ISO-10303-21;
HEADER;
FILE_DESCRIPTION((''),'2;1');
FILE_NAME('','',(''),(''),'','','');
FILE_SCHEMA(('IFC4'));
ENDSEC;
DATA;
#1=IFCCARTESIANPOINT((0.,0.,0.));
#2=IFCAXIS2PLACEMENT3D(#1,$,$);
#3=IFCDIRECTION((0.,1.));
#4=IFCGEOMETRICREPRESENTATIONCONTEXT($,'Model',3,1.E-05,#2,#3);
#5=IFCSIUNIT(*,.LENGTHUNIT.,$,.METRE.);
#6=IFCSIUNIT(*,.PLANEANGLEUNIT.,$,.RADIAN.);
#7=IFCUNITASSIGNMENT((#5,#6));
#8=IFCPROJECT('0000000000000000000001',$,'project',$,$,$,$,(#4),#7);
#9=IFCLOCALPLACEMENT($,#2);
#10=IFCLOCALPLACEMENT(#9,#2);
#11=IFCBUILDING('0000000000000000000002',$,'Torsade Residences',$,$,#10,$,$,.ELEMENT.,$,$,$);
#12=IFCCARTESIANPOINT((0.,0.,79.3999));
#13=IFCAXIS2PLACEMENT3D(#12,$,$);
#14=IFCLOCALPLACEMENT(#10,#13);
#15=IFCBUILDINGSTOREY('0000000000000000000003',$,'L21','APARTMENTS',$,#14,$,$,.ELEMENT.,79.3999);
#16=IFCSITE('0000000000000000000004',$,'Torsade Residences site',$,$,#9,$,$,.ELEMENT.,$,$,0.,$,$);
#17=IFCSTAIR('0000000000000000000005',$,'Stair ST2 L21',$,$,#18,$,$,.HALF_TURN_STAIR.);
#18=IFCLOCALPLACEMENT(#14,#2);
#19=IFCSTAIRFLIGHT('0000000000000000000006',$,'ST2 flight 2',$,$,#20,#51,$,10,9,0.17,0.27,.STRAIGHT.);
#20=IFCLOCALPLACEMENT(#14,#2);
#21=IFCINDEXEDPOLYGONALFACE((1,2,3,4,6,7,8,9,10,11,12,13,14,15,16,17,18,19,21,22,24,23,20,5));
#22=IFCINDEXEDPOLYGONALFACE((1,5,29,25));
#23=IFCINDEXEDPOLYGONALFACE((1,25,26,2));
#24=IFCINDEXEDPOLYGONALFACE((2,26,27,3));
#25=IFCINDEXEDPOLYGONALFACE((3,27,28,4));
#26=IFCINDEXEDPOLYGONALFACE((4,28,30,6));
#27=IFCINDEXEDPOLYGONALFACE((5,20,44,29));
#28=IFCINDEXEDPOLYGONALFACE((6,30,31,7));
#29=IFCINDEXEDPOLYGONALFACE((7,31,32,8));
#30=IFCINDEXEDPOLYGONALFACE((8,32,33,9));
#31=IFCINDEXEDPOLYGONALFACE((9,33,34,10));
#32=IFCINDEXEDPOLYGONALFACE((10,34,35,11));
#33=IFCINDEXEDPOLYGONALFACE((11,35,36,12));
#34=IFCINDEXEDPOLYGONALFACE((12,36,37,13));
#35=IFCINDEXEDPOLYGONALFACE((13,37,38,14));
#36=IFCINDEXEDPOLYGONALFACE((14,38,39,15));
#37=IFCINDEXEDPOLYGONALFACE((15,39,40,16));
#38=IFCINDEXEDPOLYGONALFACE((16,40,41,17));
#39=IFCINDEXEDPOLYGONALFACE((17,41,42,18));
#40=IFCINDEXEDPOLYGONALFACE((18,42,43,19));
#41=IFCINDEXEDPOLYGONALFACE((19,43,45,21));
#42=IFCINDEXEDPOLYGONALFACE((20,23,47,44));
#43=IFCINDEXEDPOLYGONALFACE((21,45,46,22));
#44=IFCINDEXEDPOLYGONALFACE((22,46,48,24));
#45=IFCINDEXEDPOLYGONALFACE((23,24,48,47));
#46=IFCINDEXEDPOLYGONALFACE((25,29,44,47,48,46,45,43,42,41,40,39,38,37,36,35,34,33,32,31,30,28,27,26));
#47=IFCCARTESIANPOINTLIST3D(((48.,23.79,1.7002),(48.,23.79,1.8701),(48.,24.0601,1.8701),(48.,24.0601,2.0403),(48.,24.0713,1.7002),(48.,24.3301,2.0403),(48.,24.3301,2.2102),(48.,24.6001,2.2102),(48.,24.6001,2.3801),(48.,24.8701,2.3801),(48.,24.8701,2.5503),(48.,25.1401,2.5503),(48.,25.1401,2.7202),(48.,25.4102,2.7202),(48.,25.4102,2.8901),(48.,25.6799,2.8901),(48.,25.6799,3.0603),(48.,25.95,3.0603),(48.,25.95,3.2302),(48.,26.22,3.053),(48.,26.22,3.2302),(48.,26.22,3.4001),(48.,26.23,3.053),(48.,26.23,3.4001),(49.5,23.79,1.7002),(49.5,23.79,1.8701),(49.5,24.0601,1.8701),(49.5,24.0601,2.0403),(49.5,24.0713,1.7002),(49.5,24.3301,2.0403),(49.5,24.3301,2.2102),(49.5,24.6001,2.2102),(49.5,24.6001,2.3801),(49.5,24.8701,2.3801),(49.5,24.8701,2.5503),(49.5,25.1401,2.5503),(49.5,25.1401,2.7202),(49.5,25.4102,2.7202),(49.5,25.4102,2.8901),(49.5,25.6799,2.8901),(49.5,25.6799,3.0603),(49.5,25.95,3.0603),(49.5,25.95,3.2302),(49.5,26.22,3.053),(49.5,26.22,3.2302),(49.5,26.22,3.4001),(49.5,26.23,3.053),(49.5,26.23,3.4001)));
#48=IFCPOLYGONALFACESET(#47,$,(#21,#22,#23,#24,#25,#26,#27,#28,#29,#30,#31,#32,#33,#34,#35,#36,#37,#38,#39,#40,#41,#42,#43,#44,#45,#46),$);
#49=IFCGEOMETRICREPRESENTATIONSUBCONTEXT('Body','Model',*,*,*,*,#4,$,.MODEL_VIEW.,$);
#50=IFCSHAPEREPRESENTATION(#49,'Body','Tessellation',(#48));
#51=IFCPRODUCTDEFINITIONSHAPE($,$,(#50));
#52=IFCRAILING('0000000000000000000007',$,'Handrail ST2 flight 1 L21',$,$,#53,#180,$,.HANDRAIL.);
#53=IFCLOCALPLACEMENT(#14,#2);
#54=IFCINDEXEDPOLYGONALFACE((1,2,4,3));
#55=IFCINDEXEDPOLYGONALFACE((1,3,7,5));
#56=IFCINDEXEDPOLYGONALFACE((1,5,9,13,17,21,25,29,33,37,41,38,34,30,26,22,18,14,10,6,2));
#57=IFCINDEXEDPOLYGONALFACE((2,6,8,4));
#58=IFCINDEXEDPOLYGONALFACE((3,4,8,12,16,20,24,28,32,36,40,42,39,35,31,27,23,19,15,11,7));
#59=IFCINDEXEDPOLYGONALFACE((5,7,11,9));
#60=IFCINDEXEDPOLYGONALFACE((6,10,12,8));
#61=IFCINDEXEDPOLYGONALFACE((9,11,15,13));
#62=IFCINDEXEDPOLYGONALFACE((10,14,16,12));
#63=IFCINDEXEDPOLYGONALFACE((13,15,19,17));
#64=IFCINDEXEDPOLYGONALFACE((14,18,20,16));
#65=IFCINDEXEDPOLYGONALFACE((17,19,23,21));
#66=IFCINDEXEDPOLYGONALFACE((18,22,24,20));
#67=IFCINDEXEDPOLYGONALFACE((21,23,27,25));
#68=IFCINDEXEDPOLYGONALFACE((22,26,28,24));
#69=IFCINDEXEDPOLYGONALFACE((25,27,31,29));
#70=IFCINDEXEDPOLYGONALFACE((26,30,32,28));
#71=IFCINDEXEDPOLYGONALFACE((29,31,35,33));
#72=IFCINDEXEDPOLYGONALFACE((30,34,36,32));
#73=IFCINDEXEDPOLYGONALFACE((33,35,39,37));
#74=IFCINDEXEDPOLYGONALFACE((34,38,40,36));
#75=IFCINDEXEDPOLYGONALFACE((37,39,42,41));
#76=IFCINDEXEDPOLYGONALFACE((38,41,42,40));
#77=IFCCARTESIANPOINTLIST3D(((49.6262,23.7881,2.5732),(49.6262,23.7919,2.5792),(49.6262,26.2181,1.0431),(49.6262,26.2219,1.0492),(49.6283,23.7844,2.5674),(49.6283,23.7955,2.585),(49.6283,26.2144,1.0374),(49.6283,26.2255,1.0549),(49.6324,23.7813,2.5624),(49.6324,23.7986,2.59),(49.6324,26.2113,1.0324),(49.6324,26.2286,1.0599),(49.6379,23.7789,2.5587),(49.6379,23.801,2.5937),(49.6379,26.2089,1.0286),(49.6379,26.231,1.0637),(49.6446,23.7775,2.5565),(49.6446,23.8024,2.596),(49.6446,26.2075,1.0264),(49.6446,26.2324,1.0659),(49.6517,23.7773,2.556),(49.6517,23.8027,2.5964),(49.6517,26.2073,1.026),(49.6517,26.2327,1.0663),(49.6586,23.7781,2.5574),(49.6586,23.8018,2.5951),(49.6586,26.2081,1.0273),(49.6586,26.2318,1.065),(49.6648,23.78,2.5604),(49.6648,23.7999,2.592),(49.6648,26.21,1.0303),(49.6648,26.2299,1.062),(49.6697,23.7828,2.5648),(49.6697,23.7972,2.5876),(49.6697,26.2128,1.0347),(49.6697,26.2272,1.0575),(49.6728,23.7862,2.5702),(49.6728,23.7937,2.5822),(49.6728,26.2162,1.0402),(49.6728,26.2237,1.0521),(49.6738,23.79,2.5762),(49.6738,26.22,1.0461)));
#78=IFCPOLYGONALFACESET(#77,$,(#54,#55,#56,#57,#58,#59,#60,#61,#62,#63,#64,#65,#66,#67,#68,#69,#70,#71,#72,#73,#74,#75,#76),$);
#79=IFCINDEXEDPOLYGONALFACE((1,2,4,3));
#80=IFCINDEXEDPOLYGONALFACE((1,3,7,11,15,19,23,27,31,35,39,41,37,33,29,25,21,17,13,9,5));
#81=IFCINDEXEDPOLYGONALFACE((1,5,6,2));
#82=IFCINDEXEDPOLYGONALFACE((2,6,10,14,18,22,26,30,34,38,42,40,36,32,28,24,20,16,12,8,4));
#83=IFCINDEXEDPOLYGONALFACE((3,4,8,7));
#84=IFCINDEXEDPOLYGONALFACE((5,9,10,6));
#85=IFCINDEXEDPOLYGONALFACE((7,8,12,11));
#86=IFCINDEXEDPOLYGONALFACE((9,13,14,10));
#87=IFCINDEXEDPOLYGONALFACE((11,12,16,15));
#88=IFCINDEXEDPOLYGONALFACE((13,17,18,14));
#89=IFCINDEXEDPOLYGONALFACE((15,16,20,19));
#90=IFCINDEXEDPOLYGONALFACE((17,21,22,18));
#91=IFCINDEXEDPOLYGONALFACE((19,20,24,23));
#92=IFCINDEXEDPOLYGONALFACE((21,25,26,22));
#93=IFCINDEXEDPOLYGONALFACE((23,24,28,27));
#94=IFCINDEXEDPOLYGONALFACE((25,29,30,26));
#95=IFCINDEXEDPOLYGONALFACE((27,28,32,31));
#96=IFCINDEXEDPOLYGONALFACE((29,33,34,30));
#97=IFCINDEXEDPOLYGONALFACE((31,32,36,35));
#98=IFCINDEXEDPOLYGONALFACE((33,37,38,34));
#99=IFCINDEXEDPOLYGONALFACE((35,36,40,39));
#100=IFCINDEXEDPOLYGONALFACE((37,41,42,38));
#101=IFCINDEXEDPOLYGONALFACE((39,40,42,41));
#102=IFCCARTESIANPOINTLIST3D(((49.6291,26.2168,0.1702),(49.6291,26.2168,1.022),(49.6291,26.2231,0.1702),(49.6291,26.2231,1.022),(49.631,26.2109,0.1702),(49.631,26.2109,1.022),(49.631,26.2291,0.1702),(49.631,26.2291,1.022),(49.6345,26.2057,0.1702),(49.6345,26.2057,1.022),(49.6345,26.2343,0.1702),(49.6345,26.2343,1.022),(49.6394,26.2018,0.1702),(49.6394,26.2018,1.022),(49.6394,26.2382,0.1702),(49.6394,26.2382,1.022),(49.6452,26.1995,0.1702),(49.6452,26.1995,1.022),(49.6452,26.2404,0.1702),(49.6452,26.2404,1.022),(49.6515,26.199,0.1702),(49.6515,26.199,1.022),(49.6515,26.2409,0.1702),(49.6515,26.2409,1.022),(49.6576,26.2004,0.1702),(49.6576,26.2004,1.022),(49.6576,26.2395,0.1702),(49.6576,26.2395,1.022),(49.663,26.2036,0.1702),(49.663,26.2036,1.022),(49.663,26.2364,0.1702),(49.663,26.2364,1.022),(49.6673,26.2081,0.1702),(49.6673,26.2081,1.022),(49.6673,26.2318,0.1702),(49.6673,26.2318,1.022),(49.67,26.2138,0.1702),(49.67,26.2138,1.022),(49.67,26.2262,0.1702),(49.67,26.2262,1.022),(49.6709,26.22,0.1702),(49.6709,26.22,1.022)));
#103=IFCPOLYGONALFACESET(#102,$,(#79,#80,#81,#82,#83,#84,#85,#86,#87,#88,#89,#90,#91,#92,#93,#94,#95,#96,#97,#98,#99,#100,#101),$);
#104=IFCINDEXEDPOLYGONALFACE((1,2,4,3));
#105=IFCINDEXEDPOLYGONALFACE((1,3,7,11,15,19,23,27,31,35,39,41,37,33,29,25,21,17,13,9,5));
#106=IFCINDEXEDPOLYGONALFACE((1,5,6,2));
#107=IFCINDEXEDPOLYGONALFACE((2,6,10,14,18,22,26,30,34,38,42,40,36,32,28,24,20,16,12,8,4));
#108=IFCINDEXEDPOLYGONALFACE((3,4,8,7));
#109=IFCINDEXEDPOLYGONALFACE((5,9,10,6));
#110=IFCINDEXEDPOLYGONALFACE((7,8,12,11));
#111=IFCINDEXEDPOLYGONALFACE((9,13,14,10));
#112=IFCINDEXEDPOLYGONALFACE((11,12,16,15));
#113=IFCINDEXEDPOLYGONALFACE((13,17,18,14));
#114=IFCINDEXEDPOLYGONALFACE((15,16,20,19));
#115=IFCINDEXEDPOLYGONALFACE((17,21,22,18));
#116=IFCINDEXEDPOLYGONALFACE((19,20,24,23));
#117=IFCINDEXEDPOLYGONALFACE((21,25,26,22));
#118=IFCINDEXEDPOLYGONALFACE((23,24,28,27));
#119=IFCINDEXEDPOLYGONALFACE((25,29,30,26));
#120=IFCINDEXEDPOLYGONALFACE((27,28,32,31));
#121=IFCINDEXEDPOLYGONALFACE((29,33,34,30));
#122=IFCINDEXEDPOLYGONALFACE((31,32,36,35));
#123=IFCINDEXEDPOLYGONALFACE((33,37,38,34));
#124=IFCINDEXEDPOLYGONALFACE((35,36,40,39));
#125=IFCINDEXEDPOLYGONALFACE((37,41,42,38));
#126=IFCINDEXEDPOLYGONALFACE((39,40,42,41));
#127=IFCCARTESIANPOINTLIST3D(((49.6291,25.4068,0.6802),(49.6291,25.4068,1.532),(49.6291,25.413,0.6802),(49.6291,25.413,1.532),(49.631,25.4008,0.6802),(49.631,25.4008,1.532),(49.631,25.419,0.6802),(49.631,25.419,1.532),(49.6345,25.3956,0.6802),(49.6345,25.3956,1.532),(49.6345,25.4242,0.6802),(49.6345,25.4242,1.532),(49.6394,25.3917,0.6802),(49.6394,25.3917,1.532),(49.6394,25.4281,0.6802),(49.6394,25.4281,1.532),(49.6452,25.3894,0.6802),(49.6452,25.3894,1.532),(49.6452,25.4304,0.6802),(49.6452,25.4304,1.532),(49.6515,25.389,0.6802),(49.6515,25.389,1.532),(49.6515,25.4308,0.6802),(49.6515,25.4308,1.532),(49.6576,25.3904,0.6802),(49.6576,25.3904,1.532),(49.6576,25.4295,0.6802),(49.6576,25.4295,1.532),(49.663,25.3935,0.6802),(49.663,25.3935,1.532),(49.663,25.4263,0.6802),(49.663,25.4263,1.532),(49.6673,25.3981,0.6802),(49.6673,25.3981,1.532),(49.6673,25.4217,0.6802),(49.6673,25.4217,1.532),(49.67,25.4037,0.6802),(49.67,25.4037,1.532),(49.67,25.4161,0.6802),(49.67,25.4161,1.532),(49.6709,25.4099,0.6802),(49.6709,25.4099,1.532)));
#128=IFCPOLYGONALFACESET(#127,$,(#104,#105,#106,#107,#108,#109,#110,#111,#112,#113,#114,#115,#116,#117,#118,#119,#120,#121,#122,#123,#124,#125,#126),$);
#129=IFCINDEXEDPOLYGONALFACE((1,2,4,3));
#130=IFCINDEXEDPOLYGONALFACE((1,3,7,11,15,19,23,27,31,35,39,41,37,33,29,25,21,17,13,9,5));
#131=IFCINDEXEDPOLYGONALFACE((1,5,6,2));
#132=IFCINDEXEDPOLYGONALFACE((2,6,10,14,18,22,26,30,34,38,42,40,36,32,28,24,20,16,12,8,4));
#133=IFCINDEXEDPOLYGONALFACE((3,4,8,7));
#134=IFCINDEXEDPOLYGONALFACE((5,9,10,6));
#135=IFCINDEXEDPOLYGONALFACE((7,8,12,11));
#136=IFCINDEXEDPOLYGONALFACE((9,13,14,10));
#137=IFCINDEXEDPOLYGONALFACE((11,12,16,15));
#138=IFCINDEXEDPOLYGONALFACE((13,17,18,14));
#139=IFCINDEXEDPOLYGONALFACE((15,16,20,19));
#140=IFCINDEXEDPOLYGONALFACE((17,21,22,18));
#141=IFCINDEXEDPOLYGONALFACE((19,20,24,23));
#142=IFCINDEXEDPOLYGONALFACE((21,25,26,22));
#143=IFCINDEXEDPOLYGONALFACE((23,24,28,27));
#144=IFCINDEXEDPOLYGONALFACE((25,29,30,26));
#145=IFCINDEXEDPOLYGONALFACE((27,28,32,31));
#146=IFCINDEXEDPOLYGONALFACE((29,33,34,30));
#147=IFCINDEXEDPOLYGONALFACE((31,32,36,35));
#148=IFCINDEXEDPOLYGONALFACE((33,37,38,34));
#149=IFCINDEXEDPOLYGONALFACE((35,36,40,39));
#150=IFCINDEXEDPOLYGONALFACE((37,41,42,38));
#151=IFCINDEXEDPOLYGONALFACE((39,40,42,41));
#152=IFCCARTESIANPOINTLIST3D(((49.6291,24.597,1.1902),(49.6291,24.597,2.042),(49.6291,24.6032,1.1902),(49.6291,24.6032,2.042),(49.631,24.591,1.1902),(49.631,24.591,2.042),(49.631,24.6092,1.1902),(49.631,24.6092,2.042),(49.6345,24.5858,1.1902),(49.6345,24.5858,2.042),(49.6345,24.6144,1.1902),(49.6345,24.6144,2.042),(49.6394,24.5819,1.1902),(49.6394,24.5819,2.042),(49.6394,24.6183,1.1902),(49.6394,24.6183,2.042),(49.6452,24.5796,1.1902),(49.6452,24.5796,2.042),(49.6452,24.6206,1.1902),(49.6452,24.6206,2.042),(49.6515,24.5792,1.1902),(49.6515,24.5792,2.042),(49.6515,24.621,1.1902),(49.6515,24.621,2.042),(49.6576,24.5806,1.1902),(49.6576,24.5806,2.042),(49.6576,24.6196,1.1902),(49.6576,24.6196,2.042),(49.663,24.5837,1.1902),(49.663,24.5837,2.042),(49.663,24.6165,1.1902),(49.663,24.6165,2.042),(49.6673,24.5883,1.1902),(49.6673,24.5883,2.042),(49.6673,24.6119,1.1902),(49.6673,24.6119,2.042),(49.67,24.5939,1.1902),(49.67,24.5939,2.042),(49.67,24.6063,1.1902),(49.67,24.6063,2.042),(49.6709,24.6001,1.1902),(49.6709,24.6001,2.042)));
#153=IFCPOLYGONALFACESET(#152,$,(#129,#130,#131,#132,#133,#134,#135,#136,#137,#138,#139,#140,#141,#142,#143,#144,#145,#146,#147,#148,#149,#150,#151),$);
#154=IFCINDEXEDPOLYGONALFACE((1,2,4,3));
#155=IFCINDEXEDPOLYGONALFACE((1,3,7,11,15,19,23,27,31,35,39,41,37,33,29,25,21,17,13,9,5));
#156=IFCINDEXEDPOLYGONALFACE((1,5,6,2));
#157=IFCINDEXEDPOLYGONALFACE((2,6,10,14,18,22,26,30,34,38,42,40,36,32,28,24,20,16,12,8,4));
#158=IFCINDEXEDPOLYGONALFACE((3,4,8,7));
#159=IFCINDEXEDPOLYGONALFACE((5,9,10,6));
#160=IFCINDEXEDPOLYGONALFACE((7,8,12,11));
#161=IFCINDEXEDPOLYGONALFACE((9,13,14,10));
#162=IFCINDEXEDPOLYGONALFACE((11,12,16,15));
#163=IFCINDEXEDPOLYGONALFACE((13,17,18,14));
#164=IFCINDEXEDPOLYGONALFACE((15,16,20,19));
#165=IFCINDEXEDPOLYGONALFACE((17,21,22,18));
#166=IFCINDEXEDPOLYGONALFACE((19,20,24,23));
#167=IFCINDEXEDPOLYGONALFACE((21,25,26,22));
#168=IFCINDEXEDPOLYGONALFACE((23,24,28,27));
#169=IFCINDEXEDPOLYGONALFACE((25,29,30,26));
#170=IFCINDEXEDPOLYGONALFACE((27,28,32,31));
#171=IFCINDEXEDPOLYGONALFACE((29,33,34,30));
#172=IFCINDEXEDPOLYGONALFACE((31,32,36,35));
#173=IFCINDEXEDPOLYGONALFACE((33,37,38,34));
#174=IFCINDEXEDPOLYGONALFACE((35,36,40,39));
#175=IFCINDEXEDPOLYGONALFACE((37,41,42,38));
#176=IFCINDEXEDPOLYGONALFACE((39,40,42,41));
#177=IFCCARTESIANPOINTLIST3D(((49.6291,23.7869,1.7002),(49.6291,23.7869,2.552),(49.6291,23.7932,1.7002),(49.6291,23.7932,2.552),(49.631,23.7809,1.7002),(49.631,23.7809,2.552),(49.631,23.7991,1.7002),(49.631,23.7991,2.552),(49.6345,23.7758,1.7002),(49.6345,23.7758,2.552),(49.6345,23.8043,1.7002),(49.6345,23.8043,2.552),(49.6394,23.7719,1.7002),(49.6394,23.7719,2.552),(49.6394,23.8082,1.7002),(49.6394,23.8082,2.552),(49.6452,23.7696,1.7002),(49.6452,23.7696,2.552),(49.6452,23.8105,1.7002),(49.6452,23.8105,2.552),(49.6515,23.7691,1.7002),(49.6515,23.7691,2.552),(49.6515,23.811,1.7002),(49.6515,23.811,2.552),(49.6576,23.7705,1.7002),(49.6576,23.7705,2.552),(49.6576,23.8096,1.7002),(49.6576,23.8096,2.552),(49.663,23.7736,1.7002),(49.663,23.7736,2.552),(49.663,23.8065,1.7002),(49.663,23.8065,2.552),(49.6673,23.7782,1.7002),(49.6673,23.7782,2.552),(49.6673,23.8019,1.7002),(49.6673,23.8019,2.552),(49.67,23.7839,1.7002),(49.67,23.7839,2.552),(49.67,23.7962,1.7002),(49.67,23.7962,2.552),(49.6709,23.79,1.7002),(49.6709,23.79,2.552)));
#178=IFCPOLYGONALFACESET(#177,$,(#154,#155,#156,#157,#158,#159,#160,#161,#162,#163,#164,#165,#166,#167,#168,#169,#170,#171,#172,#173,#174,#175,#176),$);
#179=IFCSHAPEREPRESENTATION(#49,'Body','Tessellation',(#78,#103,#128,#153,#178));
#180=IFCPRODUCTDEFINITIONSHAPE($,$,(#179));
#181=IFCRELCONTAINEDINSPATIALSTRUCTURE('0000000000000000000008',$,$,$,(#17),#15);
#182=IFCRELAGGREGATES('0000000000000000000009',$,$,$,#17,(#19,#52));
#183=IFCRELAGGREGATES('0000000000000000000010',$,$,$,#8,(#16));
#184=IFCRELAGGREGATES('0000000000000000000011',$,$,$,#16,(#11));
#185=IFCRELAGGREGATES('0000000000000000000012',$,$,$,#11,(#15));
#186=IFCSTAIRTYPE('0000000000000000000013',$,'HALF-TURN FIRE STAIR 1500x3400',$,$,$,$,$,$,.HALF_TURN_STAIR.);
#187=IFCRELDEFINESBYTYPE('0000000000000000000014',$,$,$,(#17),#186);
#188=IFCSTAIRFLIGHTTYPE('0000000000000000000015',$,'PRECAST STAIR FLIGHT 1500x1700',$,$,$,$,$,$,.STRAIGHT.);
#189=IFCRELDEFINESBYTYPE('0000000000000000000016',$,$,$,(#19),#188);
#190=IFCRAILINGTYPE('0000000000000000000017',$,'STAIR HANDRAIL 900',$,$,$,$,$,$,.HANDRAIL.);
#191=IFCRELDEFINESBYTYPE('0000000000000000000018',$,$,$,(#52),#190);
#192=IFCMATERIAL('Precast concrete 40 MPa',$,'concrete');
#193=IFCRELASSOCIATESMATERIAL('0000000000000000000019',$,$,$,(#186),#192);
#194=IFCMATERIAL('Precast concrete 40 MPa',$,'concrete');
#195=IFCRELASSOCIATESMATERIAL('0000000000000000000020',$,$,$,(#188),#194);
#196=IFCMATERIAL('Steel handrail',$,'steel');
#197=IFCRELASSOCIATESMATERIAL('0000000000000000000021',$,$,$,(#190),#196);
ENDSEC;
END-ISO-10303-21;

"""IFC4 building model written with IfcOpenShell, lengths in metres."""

from ifc_helpers import new_model, si_unit, direction, frame, origin, origin_2d, place, context, subcontext, project, spatial, polyline, circle, outline, extrude, material, type_object, element, aggregate, save


model = new_model("IFC4")

# Units and contexts
model_context = context("Model", 3, precision=1e-05, world=origin(), true_north=direction((0.0, 1.0)))
body_context = subcontext(model_context, "Body", "Model", "MODEL_VIEW")
ifc_project = project(units=[si_unit("LENGTHUNIT", "METRE"), si_unit("PLANEANGLEUNIT", "RADIAN")], contexts=[model_context])

# Site, building, storey
site_placement = place(None, origin())
site = spatial("IfcSite", under=ifc_project, at=site_placement, Name="Torsade Residences site", CompositionType="ELEMENT", RefElevation=0.0)
building_placement = place(site_placement, origin())
building = spatial("IfcBuilding", under=site, at=building_placement, Name="Torsade Residences", CompositionType="ELEMENT")
storey_placement = place(building_placement, frame((0.0, 0.0, 79.3999)))
storey = spatial("IfcBuildingStorey", under=building, at=storey_placement, Name="L21", Description="APARTMENTS", CompositionType="ELEMENT", Elevation=79.3999)

# Stair, stair flight, railing
ifc_material_1 = material(Name="Precast concrete 40 MPa", Category="concrete")
stair_type = type_object("IfcStairType", Name="HALF-TURN FIRE STAIR 1500x3400", PredefinedType="HALF_TURN_STAIR", material=ifc_material_1)
stair_placement = place(storey_placement, origin())
stair = element("IfcStair", 1, at=stair_placement, inside=storey, type_object=stair_type, Name="Stair ST2 L21", PredefinedType="HALF_TURN_STAIR")
ifc_material_2 = material(Name="Precast concrete 40 MPa", Category="concrete")
stair_flight_type = type_object("IfcStairFlightType", Name="PRECAST STAIR FLIGHT 1500x1700", PredefinedType="STRAIGHT", material=ifc_material_2)
stair_flight_1_placement = place(storey_placement, frame((48.75, 23.79, 1.7002), z_axis=(0.0, 0.0, 1.0), x_axis=(0.0, 1.0, 0.0)))
stair_flight_1 = element("IfcStairFlight", 2, at=stair_flight_1_placement, type_object=stair_flight_type, Name="ST2 flight 2", NumberOfRisers=10, NumberOfTreads=9, PredefinedType="STRAIGHT", RiserHeight=0.17, TreadLength=0.27, context=body_context, shape_type="SweptSolid", body=[
    extrude(outline(polyline([(0.0, 0.0), (0.0, 0.1699), (0.27, 0.1699), (0.27, 0.3401), (0.54, 0.3401), (0.54, 0.51), (0.8101, 0.51), (0.8101, 0.6799), (1.0801, 0.6799), (1.0801, 0.8501), (1.3501, 0.8501), (1.3501, 1.02), (1.6201, 1.02), (1.6201, 1.1899), (1.8899, 1.1899), (1.8899, 1.3601), (2.1599, 1.3601), (2.1599, 1.53), (2.4299, 1.53), (2.4299, 1.7), (2.4399, 1.7), (2.4399, 1.3528), (2.4299, 1.3528), (0.2812, 0.0), (0.0, 0.0)])), frame((0.0, 0.75, 0.0), z_axis=(0.0, -1.0, 0.0), x_axis=(1.0, 0.0, 0.0)), (0.0, 0.0, 1.0), 1.5),
])
ifc_material_3 = material(Name="Steel handrail", Category="steel")
railing_type = type_object("IfcRailingType", Name="STAIR HANDRAIL 900", PredefinedType="HANDRAIL", material=ifc_material_3)
railing_1_placement = place(storey_placement, frame((49.6499, 26.22, 0.1702)))
railing_1 = element("IfcRailing", 3, at=railing_1_placement, type_object=railing_type, Name="Handrail ST2 flight 1 L21", PredefinedType="HANDRAIL", context=body_context, shape_type="SweptSolid", body=[
    extrude(circle(Radius=0.0239, at=origin_2d()), frame((0.0, 0.0, 0.876), z_axis=(0.0, -0.846221, 0.532831), x_axis=(1.0, 0.0, 0.0)), (0.0, 0.0, 1.0), 2.8716),
    extrude(circle(Radius=0.021, at=origin_2d()), origin(), (0.0, 0.0, 1.0), 0.8518),
    extrude(circle(Radius=0.021, at=origin_2d()), frame((0.0, -0.8101, 0.51)), (0.0, 0.0, 1.0), 0.8518),
    extrude(circle(Radius=0.021, at=origin_2d()), frame((0.0, -1.6199, 1.02)), (0.0, 0.0, 1.0), 0.8518),
    extrude(circle(Radius=0.021, at=origin_2d()), frame((0.0, -2.4299, 1.53)), (0.0, 0.0, 1.0), 0.8518),
])
aggregate(stair, [stair_flight_1, railing_1])

save(model, "model.ifc")
